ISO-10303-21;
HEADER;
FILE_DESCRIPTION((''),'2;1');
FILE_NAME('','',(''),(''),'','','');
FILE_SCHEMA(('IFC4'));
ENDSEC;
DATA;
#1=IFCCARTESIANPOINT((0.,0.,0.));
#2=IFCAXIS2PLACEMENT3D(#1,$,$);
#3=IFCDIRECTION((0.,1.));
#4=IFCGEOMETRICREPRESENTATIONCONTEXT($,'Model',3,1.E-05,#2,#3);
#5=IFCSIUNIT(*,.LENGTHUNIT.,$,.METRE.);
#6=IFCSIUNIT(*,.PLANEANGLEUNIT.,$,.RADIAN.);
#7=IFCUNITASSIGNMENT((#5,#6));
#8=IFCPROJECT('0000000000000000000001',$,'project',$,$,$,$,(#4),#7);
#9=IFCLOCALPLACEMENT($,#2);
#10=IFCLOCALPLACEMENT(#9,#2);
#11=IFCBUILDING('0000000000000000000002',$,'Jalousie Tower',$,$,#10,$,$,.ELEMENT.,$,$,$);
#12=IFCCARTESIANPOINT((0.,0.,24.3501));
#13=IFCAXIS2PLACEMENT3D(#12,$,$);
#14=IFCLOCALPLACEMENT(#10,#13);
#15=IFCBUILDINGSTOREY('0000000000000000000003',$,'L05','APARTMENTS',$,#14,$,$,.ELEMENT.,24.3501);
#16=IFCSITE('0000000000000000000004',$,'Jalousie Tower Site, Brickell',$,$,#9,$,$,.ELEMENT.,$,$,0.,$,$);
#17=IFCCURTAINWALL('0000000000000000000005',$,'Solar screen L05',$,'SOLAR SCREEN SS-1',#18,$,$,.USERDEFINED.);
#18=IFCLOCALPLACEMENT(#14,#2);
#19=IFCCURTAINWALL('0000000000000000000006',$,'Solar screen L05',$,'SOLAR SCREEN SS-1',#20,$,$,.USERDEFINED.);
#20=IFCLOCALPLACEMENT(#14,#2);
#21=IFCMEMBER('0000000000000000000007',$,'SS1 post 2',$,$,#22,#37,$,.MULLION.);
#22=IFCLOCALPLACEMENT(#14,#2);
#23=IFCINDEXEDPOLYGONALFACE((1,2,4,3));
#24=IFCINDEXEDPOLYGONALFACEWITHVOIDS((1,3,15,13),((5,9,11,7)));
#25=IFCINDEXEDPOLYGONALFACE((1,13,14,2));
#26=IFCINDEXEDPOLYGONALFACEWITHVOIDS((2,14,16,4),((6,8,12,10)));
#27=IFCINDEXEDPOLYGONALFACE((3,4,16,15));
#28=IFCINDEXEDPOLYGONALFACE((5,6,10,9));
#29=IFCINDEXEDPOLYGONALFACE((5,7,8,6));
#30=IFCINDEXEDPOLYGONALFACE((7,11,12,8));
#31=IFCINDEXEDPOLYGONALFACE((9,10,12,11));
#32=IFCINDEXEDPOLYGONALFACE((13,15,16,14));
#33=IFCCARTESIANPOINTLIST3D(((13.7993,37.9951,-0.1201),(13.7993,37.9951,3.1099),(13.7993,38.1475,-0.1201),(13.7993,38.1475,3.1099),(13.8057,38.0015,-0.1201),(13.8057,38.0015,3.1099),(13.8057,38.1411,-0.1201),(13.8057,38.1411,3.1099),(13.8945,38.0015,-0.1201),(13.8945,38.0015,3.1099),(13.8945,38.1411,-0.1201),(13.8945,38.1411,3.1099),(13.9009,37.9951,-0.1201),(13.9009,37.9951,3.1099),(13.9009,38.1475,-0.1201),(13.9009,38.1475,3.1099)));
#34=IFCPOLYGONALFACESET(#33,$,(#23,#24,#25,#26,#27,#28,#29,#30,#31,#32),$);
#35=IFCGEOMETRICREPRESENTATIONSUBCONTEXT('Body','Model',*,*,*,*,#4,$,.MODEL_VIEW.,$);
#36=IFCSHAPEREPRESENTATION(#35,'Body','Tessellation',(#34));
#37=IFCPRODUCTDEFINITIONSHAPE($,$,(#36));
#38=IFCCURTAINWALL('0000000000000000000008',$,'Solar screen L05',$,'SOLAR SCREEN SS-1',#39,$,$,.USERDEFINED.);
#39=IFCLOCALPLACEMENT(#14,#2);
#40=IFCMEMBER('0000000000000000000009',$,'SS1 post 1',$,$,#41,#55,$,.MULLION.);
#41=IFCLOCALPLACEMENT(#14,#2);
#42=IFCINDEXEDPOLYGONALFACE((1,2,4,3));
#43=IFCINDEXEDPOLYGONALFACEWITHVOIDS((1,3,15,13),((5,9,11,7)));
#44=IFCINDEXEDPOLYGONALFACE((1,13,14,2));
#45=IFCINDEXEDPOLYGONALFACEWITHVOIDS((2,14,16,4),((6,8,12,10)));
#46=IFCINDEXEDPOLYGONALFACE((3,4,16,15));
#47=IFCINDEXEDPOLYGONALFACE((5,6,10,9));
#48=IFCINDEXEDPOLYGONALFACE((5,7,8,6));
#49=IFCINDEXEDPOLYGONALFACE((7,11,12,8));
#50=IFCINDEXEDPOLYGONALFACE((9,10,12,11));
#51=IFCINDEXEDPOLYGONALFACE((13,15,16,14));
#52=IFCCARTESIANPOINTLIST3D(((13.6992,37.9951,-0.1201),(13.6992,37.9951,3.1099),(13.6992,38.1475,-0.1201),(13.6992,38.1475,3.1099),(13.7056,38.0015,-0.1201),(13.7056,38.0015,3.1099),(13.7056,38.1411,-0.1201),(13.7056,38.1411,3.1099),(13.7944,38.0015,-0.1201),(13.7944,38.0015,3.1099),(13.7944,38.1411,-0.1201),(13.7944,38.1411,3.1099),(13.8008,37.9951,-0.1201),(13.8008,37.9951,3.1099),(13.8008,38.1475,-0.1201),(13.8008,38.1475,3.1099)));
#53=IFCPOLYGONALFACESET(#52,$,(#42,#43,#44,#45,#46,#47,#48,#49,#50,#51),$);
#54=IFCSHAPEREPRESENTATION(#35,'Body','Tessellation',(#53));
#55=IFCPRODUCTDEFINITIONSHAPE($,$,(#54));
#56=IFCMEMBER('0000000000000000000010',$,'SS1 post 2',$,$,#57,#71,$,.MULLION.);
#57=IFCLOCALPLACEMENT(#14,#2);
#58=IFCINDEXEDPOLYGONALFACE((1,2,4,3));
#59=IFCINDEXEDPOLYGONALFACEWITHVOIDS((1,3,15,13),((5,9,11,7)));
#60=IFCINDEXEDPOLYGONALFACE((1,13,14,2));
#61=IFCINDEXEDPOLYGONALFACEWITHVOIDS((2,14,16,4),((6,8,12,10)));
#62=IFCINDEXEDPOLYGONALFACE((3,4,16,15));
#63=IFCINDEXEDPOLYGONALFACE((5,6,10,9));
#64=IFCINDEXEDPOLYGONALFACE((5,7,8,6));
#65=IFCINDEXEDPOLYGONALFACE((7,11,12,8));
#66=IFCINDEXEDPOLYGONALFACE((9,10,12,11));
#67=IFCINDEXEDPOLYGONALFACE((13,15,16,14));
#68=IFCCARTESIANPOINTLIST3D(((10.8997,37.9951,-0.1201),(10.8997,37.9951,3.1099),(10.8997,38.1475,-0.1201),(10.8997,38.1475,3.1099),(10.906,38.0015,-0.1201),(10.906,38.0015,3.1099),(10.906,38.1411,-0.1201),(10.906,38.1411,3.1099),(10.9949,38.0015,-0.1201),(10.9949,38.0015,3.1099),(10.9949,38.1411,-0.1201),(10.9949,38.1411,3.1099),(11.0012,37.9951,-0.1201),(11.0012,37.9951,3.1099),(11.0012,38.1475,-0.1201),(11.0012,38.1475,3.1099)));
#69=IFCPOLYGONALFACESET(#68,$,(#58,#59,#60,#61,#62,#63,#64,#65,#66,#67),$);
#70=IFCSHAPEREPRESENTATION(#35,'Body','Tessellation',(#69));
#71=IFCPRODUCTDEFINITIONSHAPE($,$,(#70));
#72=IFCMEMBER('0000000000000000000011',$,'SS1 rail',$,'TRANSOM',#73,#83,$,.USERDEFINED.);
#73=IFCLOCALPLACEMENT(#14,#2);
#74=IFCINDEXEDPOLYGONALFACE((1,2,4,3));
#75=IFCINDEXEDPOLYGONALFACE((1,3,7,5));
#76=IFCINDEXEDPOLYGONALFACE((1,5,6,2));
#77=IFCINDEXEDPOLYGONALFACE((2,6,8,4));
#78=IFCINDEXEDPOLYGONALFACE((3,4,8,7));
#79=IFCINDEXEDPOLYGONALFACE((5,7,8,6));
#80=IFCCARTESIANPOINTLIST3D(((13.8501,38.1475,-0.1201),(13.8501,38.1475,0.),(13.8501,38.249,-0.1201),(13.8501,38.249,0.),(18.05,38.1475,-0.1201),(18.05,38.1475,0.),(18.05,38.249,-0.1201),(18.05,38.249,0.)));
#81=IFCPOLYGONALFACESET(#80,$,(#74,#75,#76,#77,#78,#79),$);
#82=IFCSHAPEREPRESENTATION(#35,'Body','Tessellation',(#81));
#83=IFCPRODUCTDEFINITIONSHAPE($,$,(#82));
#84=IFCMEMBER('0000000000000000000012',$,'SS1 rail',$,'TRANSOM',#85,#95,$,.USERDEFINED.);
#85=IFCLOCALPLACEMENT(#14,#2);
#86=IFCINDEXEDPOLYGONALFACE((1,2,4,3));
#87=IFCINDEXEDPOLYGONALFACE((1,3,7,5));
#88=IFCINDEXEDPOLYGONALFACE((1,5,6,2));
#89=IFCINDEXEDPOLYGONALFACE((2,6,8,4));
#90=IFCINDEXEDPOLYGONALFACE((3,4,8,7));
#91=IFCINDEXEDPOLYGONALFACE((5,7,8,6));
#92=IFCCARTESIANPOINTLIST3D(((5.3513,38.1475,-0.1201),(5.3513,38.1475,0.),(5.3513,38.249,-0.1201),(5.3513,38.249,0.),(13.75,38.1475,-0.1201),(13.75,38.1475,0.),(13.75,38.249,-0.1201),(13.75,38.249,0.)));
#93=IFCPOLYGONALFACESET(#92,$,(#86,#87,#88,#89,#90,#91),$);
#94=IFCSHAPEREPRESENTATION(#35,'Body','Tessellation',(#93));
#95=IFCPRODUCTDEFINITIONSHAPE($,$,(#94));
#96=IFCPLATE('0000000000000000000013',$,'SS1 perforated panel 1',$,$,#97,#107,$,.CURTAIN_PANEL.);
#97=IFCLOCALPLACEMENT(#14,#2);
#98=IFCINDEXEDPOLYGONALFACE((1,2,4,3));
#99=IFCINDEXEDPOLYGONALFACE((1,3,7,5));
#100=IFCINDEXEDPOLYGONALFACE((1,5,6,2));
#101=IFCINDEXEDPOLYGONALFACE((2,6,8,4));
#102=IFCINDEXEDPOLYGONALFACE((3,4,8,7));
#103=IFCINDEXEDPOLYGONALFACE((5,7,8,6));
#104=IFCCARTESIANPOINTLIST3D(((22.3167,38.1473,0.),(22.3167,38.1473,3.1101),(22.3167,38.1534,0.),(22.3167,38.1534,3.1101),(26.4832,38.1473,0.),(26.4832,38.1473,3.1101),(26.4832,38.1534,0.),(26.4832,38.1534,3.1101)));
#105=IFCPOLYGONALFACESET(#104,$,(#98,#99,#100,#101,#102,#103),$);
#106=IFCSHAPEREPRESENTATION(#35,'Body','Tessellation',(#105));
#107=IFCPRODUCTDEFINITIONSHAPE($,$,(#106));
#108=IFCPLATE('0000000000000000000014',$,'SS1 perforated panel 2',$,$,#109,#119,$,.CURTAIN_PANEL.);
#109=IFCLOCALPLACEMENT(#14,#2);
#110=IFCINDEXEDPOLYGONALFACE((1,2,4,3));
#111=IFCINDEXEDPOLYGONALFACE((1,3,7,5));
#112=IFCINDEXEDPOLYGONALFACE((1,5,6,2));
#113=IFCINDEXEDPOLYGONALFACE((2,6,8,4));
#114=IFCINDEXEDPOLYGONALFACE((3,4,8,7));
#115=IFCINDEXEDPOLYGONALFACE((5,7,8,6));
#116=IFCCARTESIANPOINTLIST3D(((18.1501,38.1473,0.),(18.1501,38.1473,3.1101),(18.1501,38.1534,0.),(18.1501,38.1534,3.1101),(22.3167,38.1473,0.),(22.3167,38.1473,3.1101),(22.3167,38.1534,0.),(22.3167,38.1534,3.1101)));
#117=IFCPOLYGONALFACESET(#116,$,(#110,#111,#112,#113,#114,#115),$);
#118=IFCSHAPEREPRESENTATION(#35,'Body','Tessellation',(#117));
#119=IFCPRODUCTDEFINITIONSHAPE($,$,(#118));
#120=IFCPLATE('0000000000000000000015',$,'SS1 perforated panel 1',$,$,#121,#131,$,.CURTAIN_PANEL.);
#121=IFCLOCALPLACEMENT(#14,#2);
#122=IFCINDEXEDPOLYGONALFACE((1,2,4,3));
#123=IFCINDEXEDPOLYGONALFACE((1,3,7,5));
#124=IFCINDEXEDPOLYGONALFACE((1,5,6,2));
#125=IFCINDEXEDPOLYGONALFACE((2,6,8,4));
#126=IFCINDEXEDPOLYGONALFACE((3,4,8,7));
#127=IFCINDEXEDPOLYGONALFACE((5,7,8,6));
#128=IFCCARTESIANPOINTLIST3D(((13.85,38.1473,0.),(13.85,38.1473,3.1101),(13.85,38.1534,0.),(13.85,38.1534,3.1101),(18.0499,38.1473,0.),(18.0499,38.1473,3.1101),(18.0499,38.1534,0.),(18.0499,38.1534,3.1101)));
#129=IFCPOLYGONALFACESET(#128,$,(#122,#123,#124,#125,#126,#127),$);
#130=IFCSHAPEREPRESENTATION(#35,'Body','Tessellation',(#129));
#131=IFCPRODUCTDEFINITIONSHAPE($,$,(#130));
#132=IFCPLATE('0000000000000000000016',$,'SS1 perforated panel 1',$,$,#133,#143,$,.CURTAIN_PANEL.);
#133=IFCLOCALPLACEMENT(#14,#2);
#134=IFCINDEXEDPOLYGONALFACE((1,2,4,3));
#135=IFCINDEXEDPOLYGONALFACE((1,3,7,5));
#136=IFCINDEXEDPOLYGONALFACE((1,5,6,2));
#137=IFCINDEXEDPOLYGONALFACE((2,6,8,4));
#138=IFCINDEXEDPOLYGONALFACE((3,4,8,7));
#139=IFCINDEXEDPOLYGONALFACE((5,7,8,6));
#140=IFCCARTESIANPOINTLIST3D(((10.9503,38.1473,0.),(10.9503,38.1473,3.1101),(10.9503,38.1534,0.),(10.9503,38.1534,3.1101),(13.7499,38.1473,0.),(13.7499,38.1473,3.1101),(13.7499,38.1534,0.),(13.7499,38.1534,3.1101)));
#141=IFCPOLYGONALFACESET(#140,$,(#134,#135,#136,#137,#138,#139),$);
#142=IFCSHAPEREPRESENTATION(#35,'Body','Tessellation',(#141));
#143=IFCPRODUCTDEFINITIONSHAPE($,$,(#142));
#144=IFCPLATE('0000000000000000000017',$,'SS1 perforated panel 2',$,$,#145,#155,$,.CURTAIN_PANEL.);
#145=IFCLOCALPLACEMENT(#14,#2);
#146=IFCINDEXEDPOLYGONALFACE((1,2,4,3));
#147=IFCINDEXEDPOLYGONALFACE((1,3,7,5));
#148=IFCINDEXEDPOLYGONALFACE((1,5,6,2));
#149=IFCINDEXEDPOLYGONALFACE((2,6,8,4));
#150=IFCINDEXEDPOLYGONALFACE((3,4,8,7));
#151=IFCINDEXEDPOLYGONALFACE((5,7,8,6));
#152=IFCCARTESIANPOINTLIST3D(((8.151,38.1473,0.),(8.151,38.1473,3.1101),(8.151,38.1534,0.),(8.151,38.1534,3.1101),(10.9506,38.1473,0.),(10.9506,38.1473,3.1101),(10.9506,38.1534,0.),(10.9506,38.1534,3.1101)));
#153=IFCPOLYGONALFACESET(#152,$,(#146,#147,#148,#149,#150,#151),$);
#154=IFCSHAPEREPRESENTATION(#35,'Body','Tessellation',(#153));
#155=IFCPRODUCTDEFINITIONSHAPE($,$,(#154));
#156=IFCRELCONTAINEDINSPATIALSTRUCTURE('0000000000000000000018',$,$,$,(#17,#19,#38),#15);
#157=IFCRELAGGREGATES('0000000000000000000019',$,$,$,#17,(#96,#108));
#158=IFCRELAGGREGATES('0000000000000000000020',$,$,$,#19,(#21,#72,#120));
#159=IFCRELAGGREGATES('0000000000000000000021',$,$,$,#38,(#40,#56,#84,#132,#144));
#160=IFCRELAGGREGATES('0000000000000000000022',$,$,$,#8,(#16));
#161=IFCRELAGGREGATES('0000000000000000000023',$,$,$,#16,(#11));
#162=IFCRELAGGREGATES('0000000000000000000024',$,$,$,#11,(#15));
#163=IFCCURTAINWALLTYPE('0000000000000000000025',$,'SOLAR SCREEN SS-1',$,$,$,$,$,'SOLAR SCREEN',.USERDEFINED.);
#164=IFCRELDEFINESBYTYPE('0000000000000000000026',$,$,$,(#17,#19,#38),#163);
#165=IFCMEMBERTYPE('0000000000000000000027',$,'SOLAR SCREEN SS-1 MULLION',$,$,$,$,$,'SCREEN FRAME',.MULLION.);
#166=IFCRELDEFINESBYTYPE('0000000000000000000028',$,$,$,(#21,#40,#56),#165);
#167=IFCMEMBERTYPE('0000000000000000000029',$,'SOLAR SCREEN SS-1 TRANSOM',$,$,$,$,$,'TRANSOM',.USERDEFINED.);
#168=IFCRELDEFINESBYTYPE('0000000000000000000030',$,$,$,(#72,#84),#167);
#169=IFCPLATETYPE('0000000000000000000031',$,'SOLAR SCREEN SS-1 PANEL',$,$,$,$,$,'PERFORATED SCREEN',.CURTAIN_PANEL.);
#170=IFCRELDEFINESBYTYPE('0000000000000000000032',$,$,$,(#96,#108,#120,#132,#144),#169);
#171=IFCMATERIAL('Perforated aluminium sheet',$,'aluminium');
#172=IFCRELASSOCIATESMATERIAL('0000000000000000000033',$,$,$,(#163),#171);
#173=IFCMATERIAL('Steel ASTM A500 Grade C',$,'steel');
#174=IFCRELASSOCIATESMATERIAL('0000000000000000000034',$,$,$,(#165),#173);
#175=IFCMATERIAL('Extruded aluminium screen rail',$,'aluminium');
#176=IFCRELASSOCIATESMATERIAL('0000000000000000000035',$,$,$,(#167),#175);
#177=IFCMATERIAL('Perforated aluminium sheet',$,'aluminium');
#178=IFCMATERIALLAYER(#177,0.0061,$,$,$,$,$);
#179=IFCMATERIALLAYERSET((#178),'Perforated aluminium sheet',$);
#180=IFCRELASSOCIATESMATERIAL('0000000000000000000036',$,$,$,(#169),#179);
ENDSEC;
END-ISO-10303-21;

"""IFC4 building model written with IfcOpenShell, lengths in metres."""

from ifc_helpers import new_model, si_unit, direction, frame, origin, origin_2d, place, context, subcontext, project, spatial, rectangle, hollow_rectangle, extrude, material, layer, layer_set, material_profile, profile_set, type_object, element, aggregate, save


model = new_model("IFC4")

# Units and contexts
model_context = context("Model", 3, precision=1e-05, world=origin(), true_north=direction((0.0, 1.0)))
body_context = subcontext(model_context, "Body", "Model", "MODEL_VIEW")
ifc_project = project(units=[si_unit("LENGTHUNIT", "METRE"), si_unit("PLANEANGLEUNIT", "RADIAN")], contexts=[model_context])

# Site, building, storey
site_placement = place(None, origin())
site = spatial("IfcSite", under=ifc_project, at=site_placement, Name="Jalousie Tower Site, Brickell", CompositionType="ELEMENT", RefElevation=0.0)
building_placement = place(site_placement, origin())
building = spatial("IfcBuilding", under=site, at=building_placement, Name="Jalousie Tower", CompositionType="ELEMENT")
storey_placement = place(building_placement, frame((0.0, 0.0, 24.3501)))
storey = spatial("IfcBuildingStorey", under=building, at=storey_placement, Name="L05", Description="APARTMENTS", CompositionType="ELEMENT", Elevation=24.3501)

# Curtain walls, members
ifc_material_1 = material(Name="Perforated aluminium sheet", Category="aluminium")
curtain_wall_type = type_object("IfcCurtainWallType", Name="SOLAR SCREEN SS-1", ElementType="SOLAR SCREEN", PredefinedType="USERDEFINED", material=ifc_material_1)
curtain_wall_1_placement = place(storey_placement, origin())
curtain_wall_1 = element("IfcCurtainWall", 1, at=curtain_wall_1_placement, inside=storey, type_object=curtain_wall_type, Name="Solar screen L05", ObjectType="SOLAR SCREEN SS-1", PredefinedType="USERDEFINED")
ifc_material_2 = material(Name="Steel ASTM A500 Grade C", Category="steel")
ifc_material_profile_1 = material_profile(ifc_material_2, hollow_rectangle(XDim=0.1016, YDim=0.1523, WallThickness=0.0063, at=origin_2d()), Name="HSS6X4X1/4")
ifc_profile_set_1 = profile_set([ifc_material_profile_1], Name="Steel ASTM A500 Grade C")
member_type_1 = type_object("IfcMemberType", Name="SOLAR SCREEN SS-1 MULLION", ElementType="SCREEN FRAME", PredefinedType="MULLION", material=ifc_profile_set_1)
curtain_wall_2_placement = place(storey_placement, origin())
curtain_wall_2 = element("IfcCurtainWall", 2, at=curtain_wall_2_placement, inside=storey, type_object=curtain_wall_type, Name="Solar screen L05", ObjectType="SOLAR SCREEN SS-1", PredefinedType="USERDEFINED")
member_1_placement = place(storey_placement, frame((13.8501, 38.0713, -0.1201), z_axis=(0.0, 0.0, 1.0), x_axis=(-1.0, 0.0, 0.0)))
member_1 = element("IfcMember", 3, at=member_1_placement, type_object=member_type_1, Name="SS1 post 2", PredefinedType="MULLION", context=body_context, shape_type="SweptSolid", body=[
    extrude(hollow_rectangle(XDim=0.1016, YDim=0.1523, WallThickness=0.0063, at=origin_2d()), origin(), (0.0, 0.0, 1.0), 3.23),
])
curtain_wall_3_placement = place(storey_placement, origin())
curtain_wall_3 = element("IfcCurtainWall", 4, at=curtain_wall_3_placement, inside=storey, type_object=curtain_wall_type, Name="Solar screen L05", ObjectType="SOLAR SCREEN SS-1", PredefinedType="USERDEFINED")
member_2_placement = place(storey_placement, frame((13.75, 38.0713, -0.1201), z_axis=(0.0, 0.0, 1.0), x_axis=(-1.0, 0.0, 0.0)))
member_2 = element("IfcMember", 5, at=member_2_placement, type_object=member_type_1, Name="SS1 post 1", PredefinedType="MULLION", context=body_context, shape_type="SweptSolid", body=[
    extrude(hollow_rectangle(XDim=0.1016, YDim=0.1523, WallThickness=0.0063, at=origin_2d()), origin(), (0.0, 0.0, 1.0), 3.23),
])
member_3_placement = place(storey_placement, frame((10.9504, 38.0713, -0.1201), z_axis=(0.0, 0.0, 1.0), x_axis=(-1.0, 0.0, 0.0)))
member_3 = element("IfcMember", 6, at=member_3_placement, type_object=member_type_1, Name="SS1 post 2", PredefinedType="MULLION", context=body_context, shape_type="SweptSolid", body=[
    extrude(hollow_rectangle(XDim=0.1016, YDim=0.1523, WallThickness=0.0063, at=origin_2d()), origin(), (0.0, 0.0, 1.0), 3.23),
])

# Members
ifc_material_3 = material(Name="Extruded aluminium screen rail", Category="aluminium")
ifc_material_profile_2 = material_profile(ifc_material_3, rectangle(XDim=0.1016, YDim=0.1201, at=origin_2d()), Name="RAIL 102x120")
ifc_profile_set_2 = profile_set([ifc_material_profile_2], Name="Extruded aluminium screen rail")
member_type_2 = type_object("IfcMemberType", Name="SOLAR SCREEN SS-1 TRANSOM", ElementType="TRANSOM", PredefinedType="USERDEFINED", material=ifc_profile_set_2)
member_4_placement = place(storey_placement, frame((18.05, 38.1982, -0.0601), z_axis=(-1.0, 0.0, 0.0), x_axis=(0.0, -1.0, 0.0)))
member_4 = element("IfcMember", 7, at=member_4_placement, type_object=member_type_2, Name="SS1 rail", ObjectType="TRANSOM", PredefinedType="USERDEFINED", context=body_context, shape_type="SweptSolid", body=[
    extrude(rectangle(XDim=0.1016, YDim=0.1201, at=origin_2d()), origin(), (0.0, 0.0, 1.0), 4.2),
])
member_5_placement = place(storey_placement, frame((13.75, 38.1982, -0.0601), z_axis=(-1.0, 0.0, 0.0), x_axis=(0.0, -1.0, 0.0)))
member_5 = element("IfcMember", 8, at=member_5_placement, type_object=member_type_2, Name="SS1 rail", ObjectType="TRANSOM", PredefinedType="USERDEFINED", context=body_context, shape_type="SweptSolid", body=[
    extrude(rectangle(XDim=0.1016, YDim=0.1201, at=origin_2d()), origin(), (0.0, 0.0, 1.0), 8.3987),
])

# Plates
ifc_material_4 = material(Name="Perforated aluminium sheet", Category="aluminium")
ifc_layer_1 = layer(ifc_material_4, 0.0061)
ifc_layer_set_1 = layer_set([ifc_layer_1], Name="Perforated aluminium sheet")
plate_type = type_object("IfcPlateType", Name="SOLAR SCREEN SS-1 PANEL", ElementType="PERFORATED SCREEN", PredefinedType="CURTAIN_PANEL", material=ifc_layer_set_1)
plate_1_placement = place(storey_placement, frame((24.3999, 38.1504, 0.0), z_axis=(0.0, 0.0, 1.0), x_axis=(-1.0, 0.0, 0.0)))
plate_1 = element("IfcPlate", 9, at=plate_1_placement, type_object=plate_type, Name="SS1 perforated panel 1", PredefinedType="CURTAIN_PANEL", context=body_context, shape_type="SweptSolid", body=[
    extrude(rectangle(XDim=4.1665, YDim=0.0061, at=origin_2d()), origin(), (0.0, 0.0, 1.0), 3.1101),
])
plate_2_placement = place(storey_placement, frame((20.2334, 38.1504, 0.0), z_axis=(0.0, 0.0, 1.0), x_axis=(-1.0, 0.0, 0.0)))
plate_2 = element("IfcPlate", 10, at=plate_2_placement, type_object=plate_type, Name="SS1 perforated panel 2", PredefinedType="CURTAIN_PANEL", context=body_context, shape_type="SweptSolid", body=[
    extrude(rectangle(XDim=4.1665, YDim=0.0061, at=origin_2d()), origin(), (0.0, 0.0, 1.0), 3.1101),
])
aggregate(curtain_wall_1, [plate_1, plate_2])
plate_3_placement = place(storey_placement, frame((15.95, 38.1504, 0.0), z_axis=(0.0, 0.0, 1.0), x_axis=(-1.0, 0.0, 0.0)))
plate_3 = element("IfcPlate", 11, at=plate_3_placement, type_object=plate_type, Name="SS1 perforated panel 1", PredefinedType="CURTAIN_PANEL", context=body_context, shape_type="SweptSolid", body=[
    extrude(rectangle(XDim=4.2, YDim=0.0061, at=origin_2d()), origin(), (0.0, 0.0, 1.0), 3.1101),
])
aggregate(curtain_wall_2, [member_1, member_4, plate_3])
plate_4_placement = place(storey_placement, frame((12.3501, 38.1504, 0.0), z_axis=(0.0, 0.0, 1.0), x_axis=(-1.0, 0.0, 0.0)))
plate_4 = element("IfcPlate", 12, at=plate_4_placement, type_object=plate_type, Name="SS1 perforated panel 1", PredefinedType="CURTAIN_PANEL", context=body_context, shape_type="SweptSolid", body=[
    extrude(rectangle(XDim=2.7996, YDim=0.0061, at=origin_2d()), origin(), (0.0, 0.0, 1.0), 3.1101),
])
plate_5_placement = place(storey_placement, frame((9.5508, 38.1504, 0.0), z_axis=(0.0, 0.0, 1.0), x_axis=(-1.0, 0.0, 0.0)))
plate_5 = element("IfcPlate", 13, at=plate_5_placement, type_object=plate_type, Name="SS1 perforated panel 2", PredefinedType="CURTAIN_PANEL", context=body_context, shape_type="SweptSolid", body=[
    extrude(rectangle(XDim=2.7996, YDim=0.0061, at=origin_2d()), origin(), (0.0, 0.0, 1.0), 3.1101),
])
aggregate(curtain_wall_3, [member_2, member_3, member_5, plate_4, plate_5])

save(model, "model.ifc")
